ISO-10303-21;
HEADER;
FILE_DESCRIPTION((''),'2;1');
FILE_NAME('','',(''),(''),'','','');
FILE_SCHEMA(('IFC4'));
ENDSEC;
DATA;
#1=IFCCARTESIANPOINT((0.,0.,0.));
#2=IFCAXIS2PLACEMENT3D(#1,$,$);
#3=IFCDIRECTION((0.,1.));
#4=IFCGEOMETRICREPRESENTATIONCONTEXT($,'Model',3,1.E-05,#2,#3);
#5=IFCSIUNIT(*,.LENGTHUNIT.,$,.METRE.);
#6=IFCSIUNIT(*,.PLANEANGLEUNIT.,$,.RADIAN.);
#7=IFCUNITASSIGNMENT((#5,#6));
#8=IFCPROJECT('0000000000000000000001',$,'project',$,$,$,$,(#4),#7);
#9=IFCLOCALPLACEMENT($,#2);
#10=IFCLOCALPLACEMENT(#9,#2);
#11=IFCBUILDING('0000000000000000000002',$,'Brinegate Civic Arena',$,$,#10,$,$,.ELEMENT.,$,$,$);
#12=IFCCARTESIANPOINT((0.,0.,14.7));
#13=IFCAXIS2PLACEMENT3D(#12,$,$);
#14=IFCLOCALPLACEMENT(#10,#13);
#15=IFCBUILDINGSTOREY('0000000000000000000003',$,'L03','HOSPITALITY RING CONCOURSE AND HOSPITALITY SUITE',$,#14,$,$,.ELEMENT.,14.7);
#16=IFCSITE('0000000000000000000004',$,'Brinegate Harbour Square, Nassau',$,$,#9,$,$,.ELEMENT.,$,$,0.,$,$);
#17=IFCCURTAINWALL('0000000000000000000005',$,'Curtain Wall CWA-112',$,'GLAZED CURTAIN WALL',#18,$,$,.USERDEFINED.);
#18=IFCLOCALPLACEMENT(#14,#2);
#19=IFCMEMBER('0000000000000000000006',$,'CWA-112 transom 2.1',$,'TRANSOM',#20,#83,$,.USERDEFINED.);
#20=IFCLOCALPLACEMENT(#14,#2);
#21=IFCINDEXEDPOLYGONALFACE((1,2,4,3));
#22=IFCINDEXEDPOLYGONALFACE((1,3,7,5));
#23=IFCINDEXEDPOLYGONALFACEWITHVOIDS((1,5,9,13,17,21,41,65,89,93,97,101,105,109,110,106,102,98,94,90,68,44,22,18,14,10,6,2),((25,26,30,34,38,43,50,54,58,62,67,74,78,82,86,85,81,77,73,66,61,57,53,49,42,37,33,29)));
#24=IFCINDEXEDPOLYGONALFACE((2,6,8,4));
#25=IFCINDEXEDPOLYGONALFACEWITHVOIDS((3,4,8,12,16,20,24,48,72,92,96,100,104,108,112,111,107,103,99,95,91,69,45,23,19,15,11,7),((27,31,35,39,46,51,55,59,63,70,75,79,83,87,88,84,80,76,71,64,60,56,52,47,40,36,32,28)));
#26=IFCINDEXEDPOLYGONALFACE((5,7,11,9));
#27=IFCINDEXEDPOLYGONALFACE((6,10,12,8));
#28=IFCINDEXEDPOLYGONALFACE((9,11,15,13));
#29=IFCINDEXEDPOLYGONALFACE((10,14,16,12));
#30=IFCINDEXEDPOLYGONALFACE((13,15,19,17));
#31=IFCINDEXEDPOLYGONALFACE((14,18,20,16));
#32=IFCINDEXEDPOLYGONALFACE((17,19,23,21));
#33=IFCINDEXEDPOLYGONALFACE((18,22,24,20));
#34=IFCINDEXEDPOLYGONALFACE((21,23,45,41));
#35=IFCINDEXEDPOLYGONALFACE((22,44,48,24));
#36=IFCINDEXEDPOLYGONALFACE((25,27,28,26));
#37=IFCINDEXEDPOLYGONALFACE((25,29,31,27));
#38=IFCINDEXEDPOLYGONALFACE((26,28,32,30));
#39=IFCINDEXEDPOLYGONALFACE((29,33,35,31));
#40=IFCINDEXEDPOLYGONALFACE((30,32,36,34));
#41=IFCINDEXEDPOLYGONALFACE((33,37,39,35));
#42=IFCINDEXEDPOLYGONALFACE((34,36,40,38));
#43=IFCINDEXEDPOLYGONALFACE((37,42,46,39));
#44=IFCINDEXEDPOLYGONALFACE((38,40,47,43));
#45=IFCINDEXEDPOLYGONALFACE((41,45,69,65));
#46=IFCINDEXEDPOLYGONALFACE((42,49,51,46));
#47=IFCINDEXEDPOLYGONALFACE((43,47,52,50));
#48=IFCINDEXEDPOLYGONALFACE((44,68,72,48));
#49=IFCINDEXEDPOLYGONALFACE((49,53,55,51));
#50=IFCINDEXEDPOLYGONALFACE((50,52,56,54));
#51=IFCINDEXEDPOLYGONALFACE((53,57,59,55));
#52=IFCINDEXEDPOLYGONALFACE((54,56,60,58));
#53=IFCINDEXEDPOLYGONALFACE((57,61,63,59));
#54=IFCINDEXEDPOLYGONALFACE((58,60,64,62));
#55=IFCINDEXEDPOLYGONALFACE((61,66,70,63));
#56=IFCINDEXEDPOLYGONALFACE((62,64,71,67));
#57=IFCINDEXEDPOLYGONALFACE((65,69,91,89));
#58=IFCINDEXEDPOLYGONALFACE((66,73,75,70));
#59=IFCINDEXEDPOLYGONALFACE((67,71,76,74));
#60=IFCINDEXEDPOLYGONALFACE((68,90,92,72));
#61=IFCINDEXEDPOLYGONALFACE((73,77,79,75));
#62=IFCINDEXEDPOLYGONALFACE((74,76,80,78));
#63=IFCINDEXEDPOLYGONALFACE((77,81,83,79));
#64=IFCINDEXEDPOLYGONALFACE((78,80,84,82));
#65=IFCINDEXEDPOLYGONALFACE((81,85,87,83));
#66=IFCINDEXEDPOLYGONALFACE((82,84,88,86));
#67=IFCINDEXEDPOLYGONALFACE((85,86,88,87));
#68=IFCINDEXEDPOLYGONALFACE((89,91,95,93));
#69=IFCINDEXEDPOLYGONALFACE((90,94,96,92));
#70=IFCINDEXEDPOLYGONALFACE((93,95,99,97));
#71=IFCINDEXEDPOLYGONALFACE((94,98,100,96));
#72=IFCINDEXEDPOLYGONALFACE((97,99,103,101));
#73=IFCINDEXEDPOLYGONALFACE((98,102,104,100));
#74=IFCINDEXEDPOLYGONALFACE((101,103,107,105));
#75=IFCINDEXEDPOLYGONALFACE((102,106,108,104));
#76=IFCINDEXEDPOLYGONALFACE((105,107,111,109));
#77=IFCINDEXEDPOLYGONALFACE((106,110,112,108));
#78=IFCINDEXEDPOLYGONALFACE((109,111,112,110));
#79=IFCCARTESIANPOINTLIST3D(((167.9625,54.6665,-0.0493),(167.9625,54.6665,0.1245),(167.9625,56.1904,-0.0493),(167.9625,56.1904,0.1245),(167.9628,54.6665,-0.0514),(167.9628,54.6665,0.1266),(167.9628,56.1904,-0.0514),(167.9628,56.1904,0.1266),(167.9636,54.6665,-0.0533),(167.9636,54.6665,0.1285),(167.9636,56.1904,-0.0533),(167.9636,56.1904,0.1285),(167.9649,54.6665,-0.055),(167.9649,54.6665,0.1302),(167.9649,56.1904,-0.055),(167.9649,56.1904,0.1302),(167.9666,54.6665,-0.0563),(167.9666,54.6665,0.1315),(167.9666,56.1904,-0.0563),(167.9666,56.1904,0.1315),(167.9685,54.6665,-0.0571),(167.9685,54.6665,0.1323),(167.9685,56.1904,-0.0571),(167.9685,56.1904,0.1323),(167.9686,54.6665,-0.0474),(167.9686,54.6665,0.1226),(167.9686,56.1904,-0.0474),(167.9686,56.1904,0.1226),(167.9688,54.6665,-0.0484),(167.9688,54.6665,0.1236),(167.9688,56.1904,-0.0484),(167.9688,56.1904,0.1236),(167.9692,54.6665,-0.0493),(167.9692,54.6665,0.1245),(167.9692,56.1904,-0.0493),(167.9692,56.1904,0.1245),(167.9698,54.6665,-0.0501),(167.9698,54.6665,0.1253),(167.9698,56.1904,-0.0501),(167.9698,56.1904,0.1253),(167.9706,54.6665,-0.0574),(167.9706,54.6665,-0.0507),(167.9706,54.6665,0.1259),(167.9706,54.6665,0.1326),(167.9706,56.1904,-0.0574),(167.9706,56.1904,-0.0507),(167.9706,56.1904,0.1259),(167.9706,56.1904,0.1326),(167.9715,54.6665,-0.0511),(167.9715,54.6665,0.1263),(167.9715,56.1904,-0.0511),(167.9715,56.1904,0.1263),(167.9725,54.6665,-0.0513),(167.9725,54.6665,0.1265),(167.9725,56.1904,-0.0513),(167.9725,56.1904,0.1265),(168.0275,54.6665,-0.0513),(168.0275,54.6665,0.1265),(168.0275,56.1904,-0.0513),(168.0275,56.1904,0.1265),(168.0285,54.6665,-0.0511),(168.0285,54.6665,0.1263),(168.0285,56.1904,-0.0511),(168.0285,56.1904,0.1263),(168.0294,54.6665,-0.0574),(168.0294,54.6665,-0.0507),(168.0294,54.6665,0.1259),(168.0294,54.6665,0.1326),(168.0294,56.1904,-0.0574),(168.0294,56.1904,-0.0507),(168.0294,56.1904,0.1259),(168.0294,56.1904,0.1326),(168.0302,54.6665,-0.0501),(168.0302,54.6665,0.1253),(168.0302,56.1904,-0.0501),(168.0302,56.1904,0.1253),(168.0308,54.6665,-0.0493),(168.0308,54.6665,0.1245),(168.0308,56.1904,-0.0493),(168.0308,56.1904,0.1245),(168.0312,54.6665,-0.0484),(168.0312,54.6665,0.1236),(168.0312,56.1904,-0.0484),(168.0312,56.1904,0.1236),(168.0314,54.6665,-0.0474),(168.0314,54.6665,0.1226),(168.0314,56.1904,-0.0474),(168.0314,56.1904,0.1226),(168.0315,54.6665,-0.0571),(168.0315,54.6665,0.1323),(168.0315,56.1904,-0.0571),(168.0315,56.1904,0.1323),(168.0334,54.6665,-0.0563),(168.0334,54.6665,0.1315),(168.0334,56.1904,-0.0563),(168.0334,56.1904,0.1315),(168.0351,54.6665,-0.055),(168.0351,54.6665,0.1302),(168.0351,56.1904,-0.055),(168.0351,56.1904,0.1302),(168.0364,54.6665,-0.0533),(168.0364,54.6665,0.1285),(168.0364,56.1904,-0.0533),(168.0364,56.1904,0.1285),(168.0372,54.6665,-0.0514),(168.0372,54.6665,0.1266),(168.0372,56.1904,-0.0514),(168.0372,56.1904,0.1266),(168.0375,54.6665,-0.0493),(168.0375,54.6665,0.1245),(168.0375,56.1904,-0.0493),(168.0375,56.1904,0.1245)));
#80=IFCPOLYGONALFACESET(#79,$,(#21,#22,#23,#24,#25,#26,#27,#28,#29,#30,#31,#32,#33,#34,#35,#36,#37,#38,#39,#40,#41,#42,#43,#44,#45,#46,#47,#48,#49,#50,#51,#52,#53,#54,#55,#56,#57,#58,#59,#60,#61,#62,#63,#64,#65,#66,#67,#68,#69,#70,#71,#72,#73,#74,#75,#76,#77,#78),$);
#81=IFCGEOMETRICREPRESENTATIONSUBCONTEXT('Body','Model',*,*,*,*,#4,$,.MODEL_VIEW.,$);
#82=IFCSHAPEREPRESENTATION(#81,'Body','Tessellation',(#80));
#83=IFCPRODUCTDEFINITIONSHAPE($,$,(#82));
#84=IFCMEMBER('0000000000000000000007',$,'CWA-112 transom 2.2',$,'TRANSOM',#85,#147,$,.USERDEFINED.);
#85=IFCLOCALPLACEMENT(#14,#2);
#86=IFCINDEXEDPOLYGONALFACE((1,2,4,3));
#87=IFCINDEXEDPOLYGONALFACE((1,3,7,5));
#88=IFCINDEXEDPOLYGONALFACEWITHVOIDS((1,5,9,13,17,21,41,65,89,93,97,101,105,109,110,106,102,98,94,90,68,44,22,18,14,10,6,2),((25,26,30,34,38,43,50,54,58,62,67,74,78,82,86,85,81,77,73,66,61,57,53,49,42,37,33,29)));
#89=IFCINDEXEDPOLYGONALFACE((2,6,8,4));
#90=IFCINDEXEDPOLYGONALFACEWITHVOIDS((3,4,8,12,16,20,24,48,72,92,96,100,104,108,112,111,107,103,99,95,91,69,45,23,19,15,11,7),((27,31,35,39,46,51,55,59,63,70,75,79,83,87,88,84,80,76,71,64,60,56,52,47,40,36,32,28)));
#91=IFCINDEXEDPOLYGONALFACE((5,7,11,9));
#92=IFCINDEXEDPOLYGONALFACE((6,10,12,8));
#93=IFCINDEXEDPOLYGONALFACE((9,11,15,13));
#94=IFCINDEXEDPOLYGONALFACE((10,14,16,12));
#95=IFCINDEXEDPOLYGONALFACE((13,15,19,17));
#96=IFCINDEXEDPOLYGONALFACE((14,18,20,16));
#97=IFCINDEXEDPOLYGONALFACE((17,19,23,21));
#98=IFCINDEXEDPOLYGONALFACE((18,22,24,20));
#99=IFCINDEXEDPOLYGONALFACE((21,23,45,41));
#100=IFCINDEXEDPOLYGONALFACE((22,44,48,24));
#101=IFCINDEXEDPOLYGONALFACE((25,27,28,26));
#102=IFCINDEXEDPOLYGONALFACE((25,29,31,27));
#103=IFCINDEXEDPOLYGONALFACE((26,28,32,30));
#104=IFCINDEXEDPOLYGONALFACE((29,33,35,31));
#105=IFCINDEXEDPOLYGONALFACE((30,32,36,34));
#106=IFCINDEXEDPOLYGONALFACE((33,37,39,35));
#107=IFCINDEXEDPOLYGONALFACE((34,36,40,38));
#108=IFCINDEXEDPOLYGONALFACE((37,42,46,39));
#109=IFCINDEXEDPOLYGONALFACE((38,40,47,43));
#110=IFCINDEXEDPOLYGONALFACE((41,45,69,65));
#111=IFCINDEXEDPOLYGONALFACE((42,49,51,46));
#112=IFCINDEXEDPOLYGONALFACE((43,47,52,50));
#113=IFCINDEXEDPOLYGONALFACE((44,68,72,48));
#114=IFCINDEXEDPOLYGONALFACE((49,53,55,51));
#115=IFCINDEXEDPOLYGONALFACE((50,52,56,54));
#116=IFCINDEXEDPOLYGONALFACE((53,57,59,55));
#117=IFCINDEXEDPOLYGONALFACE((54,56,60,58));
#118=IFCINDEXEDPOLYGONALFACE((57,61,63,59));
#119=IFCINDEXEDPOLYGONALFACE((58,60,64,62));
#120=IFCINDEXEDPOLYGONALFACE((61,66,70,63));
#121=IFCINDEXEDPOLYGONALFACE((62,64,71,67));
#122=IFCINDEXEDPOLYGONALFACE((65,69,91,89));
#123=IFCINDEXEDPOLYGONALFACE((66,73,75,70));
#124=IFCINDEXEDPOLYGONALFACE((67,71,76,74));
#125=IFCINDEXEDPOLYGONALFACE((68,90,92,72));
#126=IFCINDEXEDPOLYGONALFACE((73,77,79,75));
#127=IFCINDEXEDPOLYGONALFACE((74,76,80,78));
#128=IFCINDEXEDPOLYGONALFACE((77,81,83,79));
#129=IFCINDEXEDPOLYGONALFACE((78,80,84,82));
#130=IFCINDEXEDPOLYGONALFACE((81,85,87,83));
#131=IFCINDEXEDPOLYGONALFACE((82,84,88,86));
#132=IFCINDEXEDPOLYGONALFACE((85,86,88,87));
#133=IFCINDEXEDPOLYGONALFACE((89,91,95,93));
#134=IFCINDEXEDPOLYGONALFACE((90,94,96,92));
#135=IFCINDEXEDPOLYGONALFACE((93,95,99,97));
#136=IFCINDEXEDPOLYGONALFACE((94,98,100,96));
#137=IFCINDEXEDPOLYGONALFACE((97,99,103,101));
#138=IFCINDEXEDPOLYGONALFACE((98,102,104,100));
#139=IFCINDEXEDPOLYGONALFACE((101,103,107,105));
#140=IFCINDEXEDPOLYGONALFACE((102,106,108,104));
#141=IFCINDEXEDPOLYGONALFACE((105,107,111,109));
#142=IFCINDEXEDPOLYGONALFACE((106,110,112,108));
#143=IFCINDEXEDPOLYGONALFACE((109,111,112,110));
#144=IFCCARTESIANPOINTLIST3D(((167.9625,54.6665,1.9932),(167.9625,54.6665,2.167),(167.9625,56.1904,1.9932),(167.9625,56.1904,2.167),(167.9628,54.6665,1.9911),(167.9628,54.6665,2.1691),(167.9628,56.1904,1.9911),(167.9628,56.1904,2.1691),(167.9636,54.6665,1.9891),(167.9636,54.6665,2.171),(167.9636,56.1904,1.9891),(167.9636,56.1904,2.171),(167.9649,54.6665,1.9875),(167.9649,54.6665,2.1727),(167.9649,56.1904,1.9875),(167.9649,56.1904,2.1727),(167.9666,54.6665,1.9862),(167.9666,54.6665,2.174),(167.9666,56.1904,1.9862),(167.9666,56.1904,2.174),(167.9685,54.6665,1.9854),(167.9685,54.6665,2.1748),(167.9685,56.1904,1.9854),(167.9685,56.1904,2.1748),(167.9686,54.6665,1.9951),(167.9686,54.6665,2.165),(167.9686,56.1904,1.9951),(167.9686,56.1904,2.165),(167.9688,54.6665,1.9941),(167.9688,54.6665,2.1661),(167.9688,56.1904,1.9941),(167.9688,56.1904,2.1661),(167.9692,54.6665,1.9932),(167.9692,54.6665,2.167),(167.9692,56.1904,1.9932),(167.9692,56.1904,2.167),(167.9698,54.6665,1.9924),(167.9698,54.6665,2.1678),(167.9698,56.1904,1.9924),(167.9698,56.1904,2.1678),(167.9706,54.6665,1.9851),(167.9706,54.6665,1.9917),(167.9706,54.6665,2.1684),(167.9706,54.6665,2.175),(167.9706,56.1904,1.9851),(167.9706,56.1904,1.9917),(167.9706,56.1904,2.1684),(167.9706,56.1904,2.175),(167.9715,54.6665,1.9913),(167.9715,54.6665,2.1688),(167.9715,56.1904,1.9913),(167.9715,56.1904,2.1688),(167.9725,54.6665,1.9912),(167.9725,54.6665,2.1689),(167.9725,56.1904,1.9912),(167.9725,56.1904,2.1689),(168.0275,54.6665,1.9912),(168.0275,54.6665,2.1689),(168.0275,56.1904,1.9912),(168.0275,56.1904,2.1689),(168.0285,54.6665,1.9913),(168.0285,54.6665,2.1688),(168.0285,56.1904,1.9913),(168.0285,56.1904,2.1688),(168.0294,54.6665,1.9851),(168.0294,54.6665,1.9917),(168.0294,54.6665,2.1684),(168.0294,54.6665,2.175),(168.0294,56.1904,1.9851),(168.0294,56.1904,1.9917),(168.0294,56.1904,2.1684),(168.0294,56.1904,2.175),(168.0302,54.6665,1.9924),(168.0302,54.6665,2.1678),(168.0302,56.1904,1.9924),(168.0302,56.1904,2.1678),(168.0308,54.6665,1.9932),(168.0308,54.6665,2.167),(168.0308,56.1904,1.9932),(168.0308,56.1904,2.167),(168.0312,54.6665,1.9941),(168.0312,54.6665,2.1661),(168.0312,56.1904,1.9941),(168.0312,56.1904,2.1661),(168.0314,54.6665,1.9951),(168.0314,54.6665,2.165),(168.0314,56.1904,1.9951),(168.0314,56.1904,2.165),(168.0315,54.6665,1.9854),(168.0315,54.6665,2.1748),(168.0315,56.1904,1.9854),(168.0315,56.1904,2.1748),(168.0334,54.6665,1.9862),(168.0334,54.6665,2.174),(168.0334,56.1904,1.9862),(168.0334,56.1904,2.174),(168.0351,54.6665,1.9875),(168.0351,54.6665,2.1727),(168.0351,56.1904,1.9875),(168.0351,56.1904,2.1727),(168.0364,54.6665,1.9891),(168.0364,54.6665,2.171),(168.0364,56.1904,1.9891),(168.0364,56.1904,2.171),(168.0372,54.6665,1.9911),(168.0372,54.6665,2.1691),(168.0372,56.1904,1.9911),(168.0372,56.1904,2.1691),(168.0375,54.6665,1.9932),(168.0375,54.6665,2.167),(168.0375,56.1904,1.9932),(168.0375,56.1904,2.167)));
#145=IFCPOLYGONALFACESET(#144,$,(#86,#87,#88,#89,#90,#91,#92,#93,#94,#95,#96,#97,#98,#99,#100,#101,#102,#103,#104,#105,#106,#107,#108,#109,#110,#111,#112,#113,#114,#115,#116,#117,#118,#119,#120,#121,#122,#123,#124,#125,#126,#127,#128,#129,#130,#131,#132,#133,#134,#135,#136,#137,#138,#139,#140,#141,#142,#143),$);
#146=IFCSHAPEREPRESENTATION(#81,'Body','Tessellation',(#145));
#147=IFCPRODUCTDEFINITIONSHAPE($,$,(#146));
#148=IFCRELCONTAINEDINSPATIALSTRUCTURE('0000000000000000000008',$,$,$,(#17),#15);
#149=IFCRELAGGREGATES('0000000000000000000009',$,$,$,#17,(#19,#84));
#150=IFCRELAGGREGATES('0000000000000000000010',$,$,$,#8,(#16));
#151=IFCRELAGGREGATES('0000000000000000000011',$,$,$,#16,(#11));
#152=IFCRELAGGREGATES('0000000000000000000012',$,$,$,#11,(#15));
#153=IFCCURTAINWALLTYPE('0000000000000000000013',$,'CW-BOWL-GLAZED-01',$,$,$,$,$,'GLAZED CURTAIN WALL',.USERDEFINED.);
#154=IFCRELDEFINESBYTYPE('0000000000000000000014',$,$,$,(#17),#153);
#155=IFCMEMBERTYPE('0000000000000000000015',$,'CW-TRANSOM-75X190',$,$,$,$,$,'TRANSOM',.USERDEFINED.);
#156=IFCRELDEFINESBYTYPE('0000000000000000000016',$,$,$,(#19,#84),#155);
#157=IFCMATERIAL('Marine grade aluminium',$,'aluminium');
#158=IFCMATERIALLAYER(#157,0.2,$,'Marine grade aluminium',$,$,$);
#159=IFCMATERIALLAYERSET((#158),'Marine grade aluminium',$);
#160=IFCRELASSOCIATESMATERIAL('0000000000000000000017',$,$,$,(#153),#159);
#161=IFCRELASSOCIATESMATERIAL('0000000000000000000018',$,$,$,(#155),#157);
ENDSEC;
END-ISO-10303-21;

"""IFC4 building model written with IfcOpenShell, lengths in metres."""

from ifc_helpers import new_model, si_unit, direction, frame, origin, origin_2d, place, context, subcontext, project, spatial, hollow_rectangle, extrude, material, layer, layer_set, material_profile, profile_set, type_object, element, aggregate, save


model = new_model("IFC4")

# Units and contexts
model_context = context("Model", 3, precision=1e-05, world=origin(), true_north=direction((0.0, 1.0)))
body_context = subcontext(model_context, "Body", "Model", "MODEL_VIEW")
ifc_project = project(units=[si_unit("LENGTHUNIT", "METRE"), si_unit("PLANEANGLEUNIT", "RADIAN")], contexts=[model_context])

# Site, building, storey
site_placement = place(None, origin())
site = spatial("IfcSite", under=ifc_project, at=site_placement, Name="Brinegate Harbour Square, Nassau", CompositionType="ELEMENT", RefElevation=0.0)
building_placement = place(site_placement, origin())
building = spatial("IfcBuilding", under=site, at=building_placement, Name="Brinegate Civic Arena", CompositionType="ELEMENT")
storey_placement = place(building_placement, frame((0.0, 0.0, 14.7)))
storey = spatial("IfcBuildingStorey", under=building, at=storey_placement, Name="L03", Description="HOSPITALITY RING CONCOURSE AND HOSPITALITY SUITE", CompositionType="ELEMENT", Elevation=14.7)

# Curtain wall
ifc_material_1 = material(Name="Marine grade aluminium", Category="aluminium")
ifc_layer_1 = layer(ifc_material_1, 0.2, Name="Marine grade aluminium")
ifc_layer_set_1 = layer_set([ifc_layer_1], Name="Marine grade aluminium")
curtain_wall_type = type_object("IfcCurtainWallType", Name="CW-BOWL-GLAZED-01", ElementType="GLAZED CURTAIN WALL", PredefinedType="USERDEFINED", material=ifc_layer_set_1)
curtain_wall_1_placement = place(storey_placement, origin())
curtain_wall_1 = element("IfcCurtainWall", 1, at=curtain_wall_1_placement, inside=storey, type_object=curtain_wall_type, Name="Curtain Wall CWA-112", ObjectType="GLAZED CURTAIN WALL", PredefinedType="USERDEFINED")

# Members
ifc_material_profile_1 = material_profile(ifc_material_1, hollow_rectangle(XDim=0.075, YDim=0.1899, WallThickness=0.0061, InnerFilletRadius=0.0039, OuterFilletRadius=0.0081, at=origin_2d()), Name="TRN75X190")
ifc_profile_set_1 = profile_set([ifc_material_profile_1], Name="Marine grade aluminium")
member_type_1 = type_object("IfcMemberType", Name="CW-TRANSOM-75X190", ElementType="TRANSOM", PredefinedType="USERDEFINED", material=ifc_profile_set_1)
member_1_placement = place(storey_placement, frame((168.0, 54.6665, 0.0376), z_axis=(0.0, 1.0, 0.0), x_axis=(-1.0, 0.0, 0.0)))
member_1 = element("IfcMember", 2, at=member_1_placement, type_object=member_type_1, Name="CWA-112 transom 2.1", ObjectType="TRANSOM", PredefinedType="USERDEFINED", context=body_context, shape_type="SweptSolid", body=[
    extrude(hollow_rectangle(XDim=0.075, YDim=0.1899, WallThickness=0.0061, InnerFilletRadius=0.0039, OuterFilletRadius=0.0081, at=origin_2d()), origin(), (0.0, 0.0, 1.0), 1.5239),
])
member_2_placement = place(storey_placement, frame((168.0, 54.6665, 2.0801), z_axis=(0.0, 1.0, 0.0), x_axis=(-1.0, 0.0, 0.0)))
member_2 = element("IfcMember", 3, at=member_2_placement, type_object=member_type_1, Name="CWA-112 transom 2.2", ObjectType="TRANSOM", PredefinedType="USERDEFINED", context=body_context, shape_type="SweptSolid", body=[
    extrude(hollow_rectangle(XDim=0.075, YDim=0.1899, WallThickness=0.0061, InnerFilletRadius=0.0039, OuterFilletRadius=0.0081, at=origin_2d()), origin(), (0.0, 0.0, 1.0), 1.5239),
])

aggregate(curtain_wall_1, [member_1, member_2])

save(model, "model.ifc")
